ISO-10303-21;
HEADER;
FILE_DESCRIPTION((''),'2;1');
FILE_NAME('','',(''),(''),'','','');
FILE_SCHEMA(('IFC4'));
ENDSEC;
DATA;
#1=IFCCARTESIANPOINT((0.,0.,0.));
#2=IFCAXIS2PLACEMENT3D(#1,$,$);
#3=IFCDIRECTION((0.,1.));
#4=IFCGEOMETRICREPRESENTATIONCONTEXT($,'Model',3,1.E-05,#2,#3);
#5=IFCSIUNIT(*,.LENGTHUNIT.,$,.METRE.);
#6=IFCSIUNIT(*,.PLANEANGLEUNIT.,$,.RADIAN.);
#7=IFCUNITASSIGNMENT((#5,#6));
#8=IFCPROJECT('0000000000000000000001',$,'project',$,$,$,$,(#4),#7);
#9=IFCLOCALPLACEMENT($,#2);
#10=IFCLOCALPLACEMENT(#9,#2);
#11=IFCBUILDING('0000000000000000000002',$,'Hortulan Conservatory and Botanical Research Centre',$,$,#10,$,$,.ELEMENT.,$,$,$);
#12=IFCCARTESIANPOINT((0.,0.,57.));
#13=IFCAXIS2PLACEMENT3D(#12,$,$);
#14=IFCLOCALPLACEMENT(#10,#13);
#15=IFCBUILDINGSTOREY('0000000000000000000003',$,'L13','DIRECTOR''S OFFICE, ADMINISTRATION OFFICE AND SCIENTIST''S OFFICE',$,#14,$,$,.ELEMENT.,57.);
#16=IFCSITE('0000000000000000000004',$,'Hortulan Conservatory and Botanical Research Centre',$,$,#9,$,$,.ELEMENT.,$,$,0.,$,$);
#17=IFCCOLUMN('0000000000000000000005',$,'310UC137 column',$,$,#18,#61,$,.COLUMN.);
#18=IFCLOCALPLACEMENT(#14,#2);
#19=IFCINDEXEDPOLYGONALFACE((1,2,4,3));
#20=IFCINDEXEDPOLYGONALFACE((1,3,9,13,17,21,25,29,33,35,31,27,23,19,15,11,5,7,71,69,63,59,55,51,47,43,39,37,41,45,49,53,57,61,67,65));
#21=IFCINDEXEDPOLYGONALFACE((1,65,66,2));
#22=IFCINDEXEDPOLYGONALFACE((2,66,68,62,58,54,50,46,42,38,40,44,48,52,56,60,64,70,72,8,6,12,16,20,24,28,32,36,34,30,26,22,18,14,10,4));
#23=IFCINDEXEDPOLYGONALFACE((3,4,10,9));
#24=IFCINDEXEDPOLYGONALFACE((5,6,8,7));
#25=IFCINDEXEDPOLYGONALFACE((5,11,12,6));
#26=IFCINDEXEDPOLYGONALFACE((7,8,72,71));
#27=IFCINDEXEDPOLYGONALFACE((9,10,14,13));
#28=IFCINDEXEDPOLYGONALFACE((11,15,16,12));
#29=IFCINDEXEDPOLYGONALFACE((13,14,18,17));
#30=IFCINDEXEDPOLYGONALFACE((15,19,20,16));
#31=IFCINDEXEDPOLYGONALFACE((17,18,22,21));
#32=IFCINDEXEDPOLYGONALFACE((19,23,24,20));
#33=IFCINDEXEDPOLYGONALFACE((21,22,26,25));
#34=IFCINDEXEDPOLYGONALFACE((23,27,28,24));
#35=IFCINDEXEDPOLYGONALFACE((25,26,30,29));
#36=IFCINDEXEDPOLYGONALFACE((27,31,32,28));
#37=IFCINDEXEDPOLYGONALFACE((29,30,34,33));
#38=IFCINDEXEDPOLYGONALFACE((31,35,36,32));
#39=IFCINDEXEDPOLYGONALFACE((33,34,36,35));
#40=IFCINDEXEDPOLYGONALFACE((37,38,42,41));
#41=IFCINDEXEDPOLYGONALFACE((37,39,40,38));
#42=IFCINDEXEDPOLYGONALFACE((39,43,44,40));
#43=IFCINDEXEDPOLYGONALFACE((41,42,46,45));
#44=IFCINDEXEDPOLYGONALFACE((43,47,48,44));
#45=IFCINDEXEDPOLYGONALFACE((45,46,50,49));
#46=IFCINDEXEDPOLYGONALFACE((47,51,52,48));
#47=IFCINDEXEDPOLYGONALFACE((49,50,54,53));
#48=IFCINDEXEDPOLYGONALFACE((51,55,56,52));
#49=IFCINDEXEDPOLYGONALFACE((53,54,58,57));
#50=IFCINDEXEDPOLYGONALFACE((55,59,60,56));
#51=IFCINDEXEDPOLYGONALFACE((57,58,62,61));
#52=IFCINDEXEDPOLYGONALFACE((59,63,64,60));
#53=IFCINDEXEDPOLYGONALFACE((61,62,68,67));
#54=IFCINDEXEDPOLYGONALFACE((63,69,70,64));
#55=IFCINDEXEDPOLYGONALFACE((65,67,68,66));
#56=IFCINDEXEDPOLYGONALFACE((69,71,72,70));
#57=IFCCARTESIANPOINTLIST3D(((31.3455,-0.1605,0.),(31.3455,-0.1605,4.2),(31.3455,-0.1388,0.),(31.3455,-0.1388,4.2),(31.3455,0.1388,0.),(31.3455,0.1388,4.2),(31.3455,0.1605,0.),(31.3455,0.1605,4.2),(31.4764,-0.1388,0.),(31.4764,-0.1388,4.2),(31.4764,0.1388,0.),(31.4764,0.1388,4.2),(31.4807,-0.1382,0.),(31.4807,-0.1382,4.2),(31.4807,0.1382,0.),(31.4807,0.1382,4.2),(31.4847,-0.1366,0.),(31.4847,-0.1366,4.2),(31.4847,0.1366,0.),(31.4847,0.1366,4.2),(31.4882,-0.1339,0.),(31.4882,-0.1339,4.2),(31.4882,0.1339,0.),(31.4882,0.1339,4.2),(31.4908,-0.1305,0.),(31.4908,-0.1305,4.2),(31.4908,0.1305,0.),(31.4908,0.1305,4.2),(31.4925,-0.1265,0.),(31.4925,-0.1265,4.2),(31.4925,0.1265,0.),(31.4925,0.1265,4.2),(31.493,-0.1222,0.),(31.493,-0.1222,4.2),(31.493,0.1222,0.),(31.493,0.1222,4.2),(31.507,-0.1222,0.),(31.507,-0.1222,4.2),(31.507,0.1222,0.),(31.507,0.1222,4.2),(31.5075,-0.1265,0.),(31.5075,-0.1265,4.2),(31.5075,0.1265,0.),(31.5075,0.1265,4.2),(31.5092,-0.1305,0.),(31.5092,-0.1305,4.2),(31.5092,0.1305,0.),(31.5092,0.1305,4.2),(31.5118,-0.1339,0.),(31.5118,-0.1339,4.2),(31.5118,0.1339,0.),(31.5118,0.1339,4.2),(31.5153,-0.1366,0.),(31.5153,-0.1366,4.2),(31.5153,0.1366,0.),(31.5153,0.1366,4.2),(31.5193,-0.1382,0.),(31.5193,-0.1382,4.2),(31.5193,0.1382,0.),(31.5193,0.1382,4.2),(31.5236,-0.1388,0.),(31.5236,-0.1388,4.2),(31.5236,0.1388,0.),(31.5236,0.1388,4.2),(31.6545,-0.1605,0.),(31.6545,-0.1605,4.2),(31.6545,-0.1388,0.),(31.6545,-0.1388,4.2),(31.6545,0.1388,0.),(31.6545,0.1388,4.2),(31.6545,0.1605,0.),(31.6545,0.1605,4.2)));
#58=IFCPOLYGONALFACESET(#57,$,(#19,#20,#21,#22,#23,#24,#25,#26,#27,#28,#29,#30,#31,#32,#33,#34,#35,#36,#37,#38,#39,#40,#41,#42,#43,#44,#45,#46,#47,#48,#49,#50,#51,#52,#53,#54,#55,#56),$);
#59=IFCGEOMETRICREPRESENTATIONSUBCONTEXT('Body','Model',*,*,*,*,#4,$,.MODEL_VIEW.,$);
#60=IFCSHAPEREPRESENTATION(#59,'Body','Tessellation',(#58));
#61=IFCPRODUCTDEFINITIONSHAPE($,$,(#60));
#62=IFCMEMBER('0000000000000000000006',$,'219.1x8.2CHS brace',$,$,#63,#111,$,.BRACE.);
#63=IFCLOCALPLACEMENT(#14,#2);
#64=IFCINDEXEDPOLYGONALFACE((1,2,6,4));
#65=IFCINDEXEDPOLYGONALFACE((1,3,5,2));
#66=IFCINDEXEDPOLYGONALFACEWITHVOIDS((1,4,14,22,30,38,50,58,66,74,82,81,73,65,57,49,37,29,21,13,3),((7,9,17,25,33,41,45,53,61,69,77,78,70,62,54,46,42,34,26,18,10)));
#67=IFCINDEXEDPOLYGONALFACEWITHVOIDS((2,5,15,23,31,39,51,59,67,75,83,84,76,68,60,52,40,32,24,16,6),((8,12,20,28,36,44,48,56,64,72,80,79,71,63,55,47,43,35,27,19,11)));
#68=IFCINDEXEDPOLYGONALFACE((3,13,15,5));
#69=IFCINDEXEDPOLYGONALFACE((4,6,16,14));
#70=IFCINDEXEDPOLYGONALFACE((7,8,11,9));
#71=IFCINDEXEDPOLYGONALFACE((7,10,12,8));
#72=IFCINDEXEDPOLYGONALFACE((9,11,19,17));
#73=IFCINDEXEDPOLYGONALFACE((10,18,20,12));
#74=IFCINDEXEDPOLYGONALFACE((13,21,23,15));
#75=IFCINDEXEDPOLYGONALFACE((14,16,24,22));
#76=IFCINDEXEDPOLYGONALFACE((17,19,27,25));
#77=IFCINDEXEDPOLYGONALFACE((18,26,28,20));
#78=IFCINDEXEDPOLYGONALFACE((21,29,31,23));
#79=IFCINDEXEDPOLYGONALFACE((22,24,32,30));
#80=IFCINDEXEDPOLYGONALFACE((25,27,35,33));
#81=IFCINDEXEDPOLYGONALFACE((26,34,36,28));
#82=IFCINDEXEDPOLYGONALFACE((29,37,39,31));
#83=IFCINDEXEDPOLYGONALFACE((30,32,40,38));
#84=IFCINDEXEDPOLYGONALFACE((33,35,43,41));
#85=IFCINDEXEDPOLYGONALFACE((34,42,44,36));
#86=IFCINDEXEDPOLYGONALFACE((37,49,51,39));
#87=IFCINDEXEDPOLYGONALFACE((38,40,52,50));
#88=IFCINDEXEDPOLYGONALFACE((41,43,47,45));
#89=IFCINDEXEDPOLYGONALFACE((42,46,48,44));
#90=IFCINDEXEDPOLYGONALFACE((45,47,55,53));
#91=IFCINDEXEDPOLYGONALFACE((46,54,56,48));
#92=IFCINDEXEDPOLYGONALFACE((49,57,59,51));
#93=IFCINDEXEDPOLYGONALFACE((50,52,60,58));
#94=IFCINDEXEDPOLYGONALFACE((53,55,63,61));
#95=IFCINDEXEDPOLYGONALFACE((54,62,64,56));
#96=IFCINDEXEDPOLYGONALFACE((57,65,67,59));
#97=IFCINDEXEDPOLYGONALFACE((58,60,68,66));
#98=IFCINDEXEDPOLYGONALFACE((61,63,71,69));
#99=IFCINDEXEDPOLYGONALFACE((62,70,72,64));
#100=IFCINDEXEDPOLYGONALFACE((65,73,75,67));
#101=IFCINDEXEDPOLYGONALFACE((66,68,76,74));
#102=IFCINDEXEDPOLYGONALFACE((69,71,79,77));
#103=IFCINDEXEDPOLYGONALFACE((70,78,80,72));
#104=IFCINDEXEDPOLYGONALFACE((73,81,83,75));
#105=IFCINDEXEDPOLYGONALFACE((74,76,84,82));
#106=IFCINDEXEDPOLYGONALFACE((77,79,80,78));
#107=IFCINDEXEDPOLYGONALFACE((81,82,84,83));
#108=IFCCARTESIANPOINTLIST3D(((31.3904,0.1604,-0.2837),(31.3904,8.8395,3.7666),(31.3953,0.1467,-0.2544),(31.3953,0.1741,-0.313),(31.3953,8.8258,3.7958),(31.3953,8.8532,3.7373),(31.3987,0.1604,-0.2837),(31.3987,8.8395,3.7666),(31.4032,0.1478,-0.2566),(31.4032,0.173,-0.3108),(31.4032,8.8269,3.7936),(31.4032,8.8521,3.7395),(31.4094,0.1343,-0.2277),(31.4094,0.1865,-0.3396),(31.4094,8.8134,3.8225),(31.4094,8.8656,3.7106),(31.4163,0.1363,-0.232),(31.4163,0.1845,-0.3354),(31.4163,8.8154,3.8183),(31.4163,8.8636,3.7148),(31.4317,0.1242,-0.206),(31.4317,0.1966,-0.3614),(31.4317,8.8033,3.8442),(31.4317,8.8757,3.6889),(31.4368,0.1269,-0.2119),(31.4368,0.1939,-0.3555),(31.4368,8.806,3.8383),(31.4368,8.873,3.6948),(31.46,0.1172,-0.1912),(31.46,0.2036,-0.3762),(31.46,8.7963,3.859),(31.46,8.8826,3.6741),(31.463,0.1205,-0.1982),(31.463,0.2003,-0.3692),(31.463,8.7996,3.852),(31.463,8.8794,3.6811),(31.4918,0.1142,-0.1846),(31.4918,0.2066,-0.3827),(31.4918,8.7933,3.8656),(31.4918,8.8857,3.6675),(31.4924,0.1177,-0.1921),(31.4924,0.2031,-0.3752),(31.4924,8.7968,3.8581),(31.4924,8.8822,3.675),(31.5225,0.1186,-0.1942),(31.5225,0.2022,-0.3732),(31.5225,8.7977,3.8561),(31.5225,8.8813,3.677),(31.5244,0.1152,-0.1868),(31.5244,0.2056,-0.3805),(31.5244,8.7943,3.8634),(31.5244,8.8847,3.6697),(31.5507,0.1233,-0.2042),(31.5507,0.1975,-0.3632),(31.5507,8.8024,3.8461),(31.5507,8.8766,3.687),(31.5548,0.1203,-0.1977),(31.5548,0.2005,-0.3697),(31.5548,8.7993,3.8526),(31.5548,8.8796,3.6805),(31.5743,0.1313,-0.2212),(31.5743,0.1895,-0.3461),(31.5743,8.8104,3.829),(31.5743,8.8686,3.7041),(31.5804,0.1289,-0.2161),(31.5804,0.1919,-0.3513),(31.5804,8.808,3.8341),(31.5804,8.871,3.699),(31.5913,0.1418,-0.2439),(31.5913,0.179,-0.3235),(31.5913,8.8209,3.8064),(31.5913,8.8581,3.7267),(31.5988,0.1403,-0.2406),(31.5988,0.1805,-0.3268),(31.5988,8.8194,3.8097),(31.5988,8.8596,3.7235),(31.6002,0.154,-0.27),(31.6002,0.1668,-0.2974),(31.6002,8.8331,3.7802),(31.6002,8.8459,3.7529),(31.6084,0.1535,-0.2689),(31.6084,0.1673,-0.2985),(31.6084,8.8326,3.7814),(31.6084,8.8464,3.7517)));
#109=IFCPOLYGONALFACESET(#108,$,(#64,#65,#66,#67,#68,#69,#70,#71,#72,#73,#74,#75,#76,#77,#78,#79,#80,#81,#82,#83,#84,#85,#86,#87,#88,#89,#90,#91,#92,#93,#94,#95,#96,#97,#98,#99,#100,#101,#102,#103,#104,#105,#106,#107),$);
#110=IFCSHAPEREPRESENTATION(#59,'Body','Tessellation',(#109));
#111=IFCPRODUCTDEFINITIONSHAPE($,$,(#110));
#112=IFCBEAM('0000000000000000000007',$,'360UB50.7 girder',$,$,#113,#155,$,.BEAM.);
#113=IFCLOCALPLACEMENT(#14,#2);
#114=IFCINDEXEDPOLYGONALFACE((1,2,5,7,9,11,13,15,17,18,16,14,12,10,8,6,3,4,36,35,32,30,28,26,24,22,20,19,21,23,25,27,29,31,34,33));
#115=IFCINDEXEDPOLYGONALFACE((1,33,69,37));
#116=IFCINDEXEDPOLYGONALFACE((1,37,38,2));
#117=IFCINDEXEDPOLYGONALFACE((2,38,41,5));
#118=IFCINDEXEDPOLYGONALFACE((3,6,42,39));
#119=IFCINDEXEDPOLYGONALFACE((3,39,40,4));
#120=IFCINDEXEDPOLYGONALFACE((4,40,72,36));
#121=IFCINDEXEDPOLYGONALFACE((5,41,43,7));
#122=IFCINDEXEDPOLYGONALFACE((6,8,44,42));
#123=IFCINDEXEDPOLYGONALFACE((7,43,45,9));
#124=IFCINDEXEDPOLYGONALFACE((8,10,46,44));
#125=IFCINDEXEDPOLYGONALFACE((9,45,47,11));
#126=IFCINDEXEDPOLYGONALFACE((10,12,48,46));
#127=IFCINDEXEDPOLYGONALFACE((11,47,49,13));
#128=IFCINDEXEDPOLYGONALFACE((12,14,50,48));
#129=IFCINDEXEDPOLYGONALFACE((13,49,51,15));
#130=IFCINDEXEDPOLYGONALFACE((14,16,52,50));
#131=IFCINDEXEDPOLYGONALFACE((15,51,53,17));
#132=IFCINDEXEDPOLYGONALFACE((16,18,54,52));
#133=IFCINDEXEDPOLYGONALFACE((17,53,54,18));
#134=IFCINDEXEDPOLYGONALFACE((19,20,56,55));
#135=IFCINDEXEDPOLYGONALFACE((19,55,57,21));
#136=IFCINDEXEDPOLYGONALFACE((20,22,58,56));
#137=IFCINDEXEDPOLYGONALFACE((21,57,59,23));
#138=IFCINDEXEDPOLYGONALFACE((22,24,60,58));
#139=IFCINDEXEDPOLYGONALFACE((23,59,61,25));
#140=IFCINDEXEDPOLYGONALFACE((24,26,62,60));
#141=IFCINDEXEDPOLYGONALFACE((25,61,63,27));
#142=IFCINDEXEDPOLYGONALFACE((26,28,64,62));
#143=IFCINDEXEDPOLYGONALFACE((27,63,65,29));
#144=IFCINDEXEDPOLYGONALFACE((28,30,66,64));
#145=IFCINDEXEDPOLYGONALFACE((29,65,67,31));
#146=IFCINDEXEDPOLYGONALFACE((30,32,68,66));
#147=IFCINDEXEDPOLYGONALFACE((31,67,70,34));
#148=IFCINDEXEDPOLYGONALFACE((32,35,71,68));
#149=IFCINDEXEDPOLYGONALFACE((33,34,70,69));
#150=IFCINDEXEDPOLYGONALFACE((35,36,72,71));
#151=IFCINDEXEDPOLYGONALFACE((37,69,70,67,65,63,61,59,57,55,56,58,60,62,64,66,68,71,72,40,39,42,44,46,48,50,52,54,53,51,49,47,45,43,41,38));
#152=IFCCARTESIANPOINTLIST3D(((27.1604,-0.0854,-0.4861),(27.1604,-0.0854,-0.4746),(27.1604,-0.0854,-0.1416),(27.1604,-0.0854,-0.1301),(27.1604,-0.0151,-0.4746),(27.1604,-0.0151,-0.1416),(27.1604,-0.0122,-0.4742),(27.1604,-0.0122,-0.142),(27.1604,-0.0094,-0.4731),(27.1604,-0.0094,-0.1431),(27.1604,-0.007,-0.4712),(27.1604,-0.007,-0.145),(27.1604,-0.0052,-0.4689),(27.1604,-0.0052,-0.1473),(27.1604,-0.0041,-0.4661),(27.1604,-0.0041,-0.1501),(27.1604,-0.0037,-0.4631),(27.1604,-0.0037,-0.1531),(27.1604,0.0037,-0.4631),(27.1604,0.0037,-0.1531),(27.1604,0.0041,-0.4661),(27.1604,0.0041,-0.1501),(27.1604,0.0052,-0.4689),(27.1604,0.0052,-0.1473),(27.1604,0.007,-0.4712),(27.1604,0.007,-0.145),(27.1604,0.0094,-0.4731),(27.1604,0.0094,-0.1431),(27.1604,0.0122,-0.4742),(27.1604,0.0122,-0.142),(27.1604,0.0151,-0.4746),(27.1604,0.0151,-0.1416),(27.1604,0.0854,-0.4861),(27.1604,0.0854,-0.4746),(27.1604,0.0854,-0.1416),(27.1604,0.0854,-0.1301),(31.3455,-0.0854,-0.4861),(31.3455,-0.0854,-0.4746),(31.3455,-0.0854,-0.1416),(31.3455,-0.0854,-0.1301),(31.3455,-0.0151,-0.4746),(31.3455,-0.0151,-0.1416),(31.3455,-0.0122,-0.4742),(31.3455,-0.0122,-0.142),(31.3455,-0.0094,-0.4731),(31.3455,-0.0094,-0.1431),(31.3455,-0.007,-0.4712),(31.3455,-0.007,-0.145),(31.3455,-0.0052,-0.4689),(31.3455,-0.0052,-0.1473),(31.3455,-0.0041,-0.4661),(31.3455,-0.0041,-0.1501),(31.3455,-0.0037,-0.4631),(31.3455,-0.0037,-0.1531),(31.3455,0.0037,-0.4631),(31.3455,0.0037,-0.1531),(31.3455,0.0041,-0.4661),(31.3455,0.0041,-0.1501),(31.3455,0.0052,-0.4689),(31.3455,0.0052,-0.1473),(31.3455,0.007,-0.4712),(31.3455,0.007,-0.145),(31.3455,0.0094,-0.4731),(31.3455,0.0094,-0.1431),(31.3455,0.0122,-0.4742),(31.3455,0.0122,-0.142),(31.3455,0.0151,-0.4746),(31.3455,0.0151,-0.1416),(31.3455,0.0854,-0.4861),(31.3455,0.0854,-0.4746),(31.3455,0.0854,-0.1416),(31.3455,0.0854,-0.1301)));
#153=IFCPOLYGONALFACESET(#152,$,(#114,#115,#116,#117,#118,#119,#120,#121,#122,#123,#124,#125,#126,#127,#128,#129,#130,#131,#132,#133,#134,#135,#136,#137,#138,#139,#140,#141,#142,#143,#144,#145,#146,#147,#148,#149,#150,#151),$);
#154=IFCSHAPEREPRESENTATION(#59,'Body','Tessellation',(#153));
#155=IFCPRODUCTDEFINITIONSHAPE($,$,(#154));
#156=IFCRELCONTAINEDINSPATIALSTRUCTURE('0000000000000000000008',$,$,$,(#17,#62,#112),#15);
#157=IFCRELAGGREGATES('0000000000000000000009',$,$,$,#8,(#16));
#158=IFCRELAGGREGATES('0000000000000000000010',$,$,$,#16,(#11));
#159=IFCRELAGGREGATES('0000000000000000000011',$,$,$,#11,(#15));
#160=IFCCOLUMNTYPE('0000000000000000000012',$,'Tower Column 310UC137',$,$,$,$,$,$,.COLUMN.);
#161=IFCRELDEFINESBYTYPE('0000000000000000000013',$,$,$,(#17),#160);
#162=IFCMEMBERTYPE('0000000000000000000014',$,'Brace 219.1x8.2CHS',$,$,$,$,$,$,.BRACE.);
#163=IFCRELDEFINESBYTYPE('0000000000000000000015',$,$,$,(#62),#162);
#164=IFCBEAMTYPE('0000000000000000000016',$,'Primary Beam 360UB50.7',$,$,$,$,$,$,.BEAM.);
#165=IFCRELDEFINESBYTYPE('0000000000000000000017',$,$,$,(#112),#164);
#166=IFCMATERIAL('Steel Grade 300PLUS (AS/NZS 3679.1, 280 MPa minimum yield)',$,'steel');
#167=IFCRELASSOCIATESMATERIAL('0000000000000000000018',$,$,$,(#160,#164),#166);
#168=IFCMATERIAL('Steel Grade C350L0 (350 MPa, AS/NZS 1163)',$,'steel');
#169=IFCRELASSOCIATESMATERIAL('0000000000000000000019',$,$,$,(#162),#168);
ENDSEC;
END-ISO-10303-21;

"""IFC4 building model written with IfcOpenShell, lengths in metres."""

from ifc_helpers import new_model, si_unit, direction, frame, origin, origin_2d, place, context, subcontext, project, spatial, hollow_circle, i_section, extrude, material, material_profile, profile_set, type_object, element, save


model = new_model("IFC4")

# Units and contexts
model_context = context("Model", 3, precision=1e-05, world=origin(), true_north=direction((0.0, 1.0)))
body_context = subcontext(model_context, "Body", "Model", "MODEL_VIEW")
ifc_project = project(units=[si_unit("LENGTHUNIT", "METRE"), si_unit("PLANEANGLEUNIT", "RADIAN")], contexts=[model_context])

# Site, building, storey
site_placement = place(None, origin())
site = spatial("IfcSite", under=ifc_project, at=site_placement, Name="Hortulan Conservatory and Botanical Research Centre", CompositionType="ELEMENT", RefElevation=0.0)
building_placement = place(site_placement, origin())
building = spatial("IfcBuilding", under=site, at=building_placement, Name="Hortulan Conservatory and Botanical Research Centre", CompositionType="ELEMENT")
storey_placement = place(building_placement, frame((0.0, 0.0, 57.0)))
storey = spatial("IfcBuildingStorey", under=building, at=storey_placement, Name="L13", Description="DIRECTOR'S OFFICE, ADMINISTRATION OFFICE AND SCIENTIST'S OFFICE", CompositionType="ELEMENT", Elevation=57.0)

# Column
ifc_material_1 = material(Name="Steel Grade 300PLUS (AS/NZS 3679.1, 280 MPa minimum yield)", Category="steel")
ifc_material_profile_1 = material_profile(ifc_material_1, i_section(OverallWidth=0.3091, OverallDepth=0.321, WebThickness=0.0139, FlangeThickness=0.0217, FilletRadius=0.0166, at=origin_2d()), Name="310UC137")
ifc_profile_set_1 = profile_set([ifc_material_profile_1], Name="Steel Grade 300PLUS (AS/NZS 3679.1, 280 MPa minimum yield)")
column_type = type_object("IfcColumnType", Name="Tower Column 310UC137", PredefinedType="COLUMN", material=ifc_profile_set_1)
column_placement = place(storey_placement, frame((31.5, 0.0, 0.0), z_axis=(0.0, 0.0, 1.0), x_axis=(1.0, 0.0, 0.0)))
element("IfcColumn", 1, at=column_placement, inside=storey, type_object=column_type, Name="310UC137 column", PredefinedType="COLUMN", context=body_context, shape_type="SweptSolid", body=[
    extrude(i_section(OverallWidth=0.3091, OverallDepth=0.321, WebThickness=0.0139, FlangeThickness=0.0217, FilletRadius=0.0166, at=origin_2d()), origin(), (0.0, 0.0, 1.0), 4.2),
])

# Member
ifc_material_2 = material(Name="Steel Grade C350L0 (350 MPa, AS/NZS 1163)", Category="steel")
ifc_material_profile_2 = material_profile(ifc_material_2, hollow_circle(Radius=0.1096, WallThickness=0.0083, at=origin_2d()), Name="219.1x8.2CHS")
ifc_profile_set_2 = profile_set([ifc_material_profile_2], Name="Steel Grade C350L0 (350 MPa, AS/NZS 1163)")
member_type = type_object("IfcMemberType", Name="Brace 219.1x8.2CHS", PredefinedType="BRACE", material=ifc_profile_set_2)
member_placement = place(storey_placement, frame((31.5, 0.1604, -0.2837), z_axis=(0.0, 0.906183, 0.422885), x_axis=(-1.0, 0.0, 0.0)))
element("IfcMember", 2, at=member_placement, inside=storey, type_object=member_type, Name="219.1x8.2CHS brace", PredefinedType="BRACE", context=body_context, shape_type="SweptSolid", body=[
    extrude(hollow_circle(Radius=0.1096, WallThickness=0.0083, at=origin_2d()), origin(), (0.0, 0.0, 1.0), 9.5776),
])

# Beam
ifc_material_profile_3 = material_profile(ifc_material_1, i_section(OverallWidth=0.1709, OverallDepth=0.356, WebThickness=0.0073, FlangeThickness=0.0115, FilletRadius=0.0115, at=origin_2d()), Name="360UB50.7")
ifc_profile_set_3 = profile_set([ifc_material_profile_3], Name="Steel Grade 300PLUS (AS/NZS 3679.1, 280 MPa minimum yield)")
beam_type_1 = type_object("IfcBeamType", Name="Primary Beam 360UB50.7", PredefinedType="BEAM", material=ifc_profile_set_3)
beam_1_placement = place(storey_placement, frame((27.1604, 0.0, -0.3081), z_axis=(1.0, 0.0, 0.0), x_axis=(0.0, 1.0, 0.0)))
element("IfcBeam", 3, at=beam_1_placement, inside=storey, type_object=beam_type_1, Name="360UB50.7 girder", PredefinedType="BEAM", context=body_context, shape_type="SweptSolid", body=[
    extrude(i_section(OverallWidth=0.1709, OverallDepth=0.356, WebThickness=0.0073, FlangeThickness=0.0115, FilletRadius=0.0115, at=origin_2d()), origin(), (0.0, 0.0, 1.0), 4.1851),
])

save(model, "model.ifc")
